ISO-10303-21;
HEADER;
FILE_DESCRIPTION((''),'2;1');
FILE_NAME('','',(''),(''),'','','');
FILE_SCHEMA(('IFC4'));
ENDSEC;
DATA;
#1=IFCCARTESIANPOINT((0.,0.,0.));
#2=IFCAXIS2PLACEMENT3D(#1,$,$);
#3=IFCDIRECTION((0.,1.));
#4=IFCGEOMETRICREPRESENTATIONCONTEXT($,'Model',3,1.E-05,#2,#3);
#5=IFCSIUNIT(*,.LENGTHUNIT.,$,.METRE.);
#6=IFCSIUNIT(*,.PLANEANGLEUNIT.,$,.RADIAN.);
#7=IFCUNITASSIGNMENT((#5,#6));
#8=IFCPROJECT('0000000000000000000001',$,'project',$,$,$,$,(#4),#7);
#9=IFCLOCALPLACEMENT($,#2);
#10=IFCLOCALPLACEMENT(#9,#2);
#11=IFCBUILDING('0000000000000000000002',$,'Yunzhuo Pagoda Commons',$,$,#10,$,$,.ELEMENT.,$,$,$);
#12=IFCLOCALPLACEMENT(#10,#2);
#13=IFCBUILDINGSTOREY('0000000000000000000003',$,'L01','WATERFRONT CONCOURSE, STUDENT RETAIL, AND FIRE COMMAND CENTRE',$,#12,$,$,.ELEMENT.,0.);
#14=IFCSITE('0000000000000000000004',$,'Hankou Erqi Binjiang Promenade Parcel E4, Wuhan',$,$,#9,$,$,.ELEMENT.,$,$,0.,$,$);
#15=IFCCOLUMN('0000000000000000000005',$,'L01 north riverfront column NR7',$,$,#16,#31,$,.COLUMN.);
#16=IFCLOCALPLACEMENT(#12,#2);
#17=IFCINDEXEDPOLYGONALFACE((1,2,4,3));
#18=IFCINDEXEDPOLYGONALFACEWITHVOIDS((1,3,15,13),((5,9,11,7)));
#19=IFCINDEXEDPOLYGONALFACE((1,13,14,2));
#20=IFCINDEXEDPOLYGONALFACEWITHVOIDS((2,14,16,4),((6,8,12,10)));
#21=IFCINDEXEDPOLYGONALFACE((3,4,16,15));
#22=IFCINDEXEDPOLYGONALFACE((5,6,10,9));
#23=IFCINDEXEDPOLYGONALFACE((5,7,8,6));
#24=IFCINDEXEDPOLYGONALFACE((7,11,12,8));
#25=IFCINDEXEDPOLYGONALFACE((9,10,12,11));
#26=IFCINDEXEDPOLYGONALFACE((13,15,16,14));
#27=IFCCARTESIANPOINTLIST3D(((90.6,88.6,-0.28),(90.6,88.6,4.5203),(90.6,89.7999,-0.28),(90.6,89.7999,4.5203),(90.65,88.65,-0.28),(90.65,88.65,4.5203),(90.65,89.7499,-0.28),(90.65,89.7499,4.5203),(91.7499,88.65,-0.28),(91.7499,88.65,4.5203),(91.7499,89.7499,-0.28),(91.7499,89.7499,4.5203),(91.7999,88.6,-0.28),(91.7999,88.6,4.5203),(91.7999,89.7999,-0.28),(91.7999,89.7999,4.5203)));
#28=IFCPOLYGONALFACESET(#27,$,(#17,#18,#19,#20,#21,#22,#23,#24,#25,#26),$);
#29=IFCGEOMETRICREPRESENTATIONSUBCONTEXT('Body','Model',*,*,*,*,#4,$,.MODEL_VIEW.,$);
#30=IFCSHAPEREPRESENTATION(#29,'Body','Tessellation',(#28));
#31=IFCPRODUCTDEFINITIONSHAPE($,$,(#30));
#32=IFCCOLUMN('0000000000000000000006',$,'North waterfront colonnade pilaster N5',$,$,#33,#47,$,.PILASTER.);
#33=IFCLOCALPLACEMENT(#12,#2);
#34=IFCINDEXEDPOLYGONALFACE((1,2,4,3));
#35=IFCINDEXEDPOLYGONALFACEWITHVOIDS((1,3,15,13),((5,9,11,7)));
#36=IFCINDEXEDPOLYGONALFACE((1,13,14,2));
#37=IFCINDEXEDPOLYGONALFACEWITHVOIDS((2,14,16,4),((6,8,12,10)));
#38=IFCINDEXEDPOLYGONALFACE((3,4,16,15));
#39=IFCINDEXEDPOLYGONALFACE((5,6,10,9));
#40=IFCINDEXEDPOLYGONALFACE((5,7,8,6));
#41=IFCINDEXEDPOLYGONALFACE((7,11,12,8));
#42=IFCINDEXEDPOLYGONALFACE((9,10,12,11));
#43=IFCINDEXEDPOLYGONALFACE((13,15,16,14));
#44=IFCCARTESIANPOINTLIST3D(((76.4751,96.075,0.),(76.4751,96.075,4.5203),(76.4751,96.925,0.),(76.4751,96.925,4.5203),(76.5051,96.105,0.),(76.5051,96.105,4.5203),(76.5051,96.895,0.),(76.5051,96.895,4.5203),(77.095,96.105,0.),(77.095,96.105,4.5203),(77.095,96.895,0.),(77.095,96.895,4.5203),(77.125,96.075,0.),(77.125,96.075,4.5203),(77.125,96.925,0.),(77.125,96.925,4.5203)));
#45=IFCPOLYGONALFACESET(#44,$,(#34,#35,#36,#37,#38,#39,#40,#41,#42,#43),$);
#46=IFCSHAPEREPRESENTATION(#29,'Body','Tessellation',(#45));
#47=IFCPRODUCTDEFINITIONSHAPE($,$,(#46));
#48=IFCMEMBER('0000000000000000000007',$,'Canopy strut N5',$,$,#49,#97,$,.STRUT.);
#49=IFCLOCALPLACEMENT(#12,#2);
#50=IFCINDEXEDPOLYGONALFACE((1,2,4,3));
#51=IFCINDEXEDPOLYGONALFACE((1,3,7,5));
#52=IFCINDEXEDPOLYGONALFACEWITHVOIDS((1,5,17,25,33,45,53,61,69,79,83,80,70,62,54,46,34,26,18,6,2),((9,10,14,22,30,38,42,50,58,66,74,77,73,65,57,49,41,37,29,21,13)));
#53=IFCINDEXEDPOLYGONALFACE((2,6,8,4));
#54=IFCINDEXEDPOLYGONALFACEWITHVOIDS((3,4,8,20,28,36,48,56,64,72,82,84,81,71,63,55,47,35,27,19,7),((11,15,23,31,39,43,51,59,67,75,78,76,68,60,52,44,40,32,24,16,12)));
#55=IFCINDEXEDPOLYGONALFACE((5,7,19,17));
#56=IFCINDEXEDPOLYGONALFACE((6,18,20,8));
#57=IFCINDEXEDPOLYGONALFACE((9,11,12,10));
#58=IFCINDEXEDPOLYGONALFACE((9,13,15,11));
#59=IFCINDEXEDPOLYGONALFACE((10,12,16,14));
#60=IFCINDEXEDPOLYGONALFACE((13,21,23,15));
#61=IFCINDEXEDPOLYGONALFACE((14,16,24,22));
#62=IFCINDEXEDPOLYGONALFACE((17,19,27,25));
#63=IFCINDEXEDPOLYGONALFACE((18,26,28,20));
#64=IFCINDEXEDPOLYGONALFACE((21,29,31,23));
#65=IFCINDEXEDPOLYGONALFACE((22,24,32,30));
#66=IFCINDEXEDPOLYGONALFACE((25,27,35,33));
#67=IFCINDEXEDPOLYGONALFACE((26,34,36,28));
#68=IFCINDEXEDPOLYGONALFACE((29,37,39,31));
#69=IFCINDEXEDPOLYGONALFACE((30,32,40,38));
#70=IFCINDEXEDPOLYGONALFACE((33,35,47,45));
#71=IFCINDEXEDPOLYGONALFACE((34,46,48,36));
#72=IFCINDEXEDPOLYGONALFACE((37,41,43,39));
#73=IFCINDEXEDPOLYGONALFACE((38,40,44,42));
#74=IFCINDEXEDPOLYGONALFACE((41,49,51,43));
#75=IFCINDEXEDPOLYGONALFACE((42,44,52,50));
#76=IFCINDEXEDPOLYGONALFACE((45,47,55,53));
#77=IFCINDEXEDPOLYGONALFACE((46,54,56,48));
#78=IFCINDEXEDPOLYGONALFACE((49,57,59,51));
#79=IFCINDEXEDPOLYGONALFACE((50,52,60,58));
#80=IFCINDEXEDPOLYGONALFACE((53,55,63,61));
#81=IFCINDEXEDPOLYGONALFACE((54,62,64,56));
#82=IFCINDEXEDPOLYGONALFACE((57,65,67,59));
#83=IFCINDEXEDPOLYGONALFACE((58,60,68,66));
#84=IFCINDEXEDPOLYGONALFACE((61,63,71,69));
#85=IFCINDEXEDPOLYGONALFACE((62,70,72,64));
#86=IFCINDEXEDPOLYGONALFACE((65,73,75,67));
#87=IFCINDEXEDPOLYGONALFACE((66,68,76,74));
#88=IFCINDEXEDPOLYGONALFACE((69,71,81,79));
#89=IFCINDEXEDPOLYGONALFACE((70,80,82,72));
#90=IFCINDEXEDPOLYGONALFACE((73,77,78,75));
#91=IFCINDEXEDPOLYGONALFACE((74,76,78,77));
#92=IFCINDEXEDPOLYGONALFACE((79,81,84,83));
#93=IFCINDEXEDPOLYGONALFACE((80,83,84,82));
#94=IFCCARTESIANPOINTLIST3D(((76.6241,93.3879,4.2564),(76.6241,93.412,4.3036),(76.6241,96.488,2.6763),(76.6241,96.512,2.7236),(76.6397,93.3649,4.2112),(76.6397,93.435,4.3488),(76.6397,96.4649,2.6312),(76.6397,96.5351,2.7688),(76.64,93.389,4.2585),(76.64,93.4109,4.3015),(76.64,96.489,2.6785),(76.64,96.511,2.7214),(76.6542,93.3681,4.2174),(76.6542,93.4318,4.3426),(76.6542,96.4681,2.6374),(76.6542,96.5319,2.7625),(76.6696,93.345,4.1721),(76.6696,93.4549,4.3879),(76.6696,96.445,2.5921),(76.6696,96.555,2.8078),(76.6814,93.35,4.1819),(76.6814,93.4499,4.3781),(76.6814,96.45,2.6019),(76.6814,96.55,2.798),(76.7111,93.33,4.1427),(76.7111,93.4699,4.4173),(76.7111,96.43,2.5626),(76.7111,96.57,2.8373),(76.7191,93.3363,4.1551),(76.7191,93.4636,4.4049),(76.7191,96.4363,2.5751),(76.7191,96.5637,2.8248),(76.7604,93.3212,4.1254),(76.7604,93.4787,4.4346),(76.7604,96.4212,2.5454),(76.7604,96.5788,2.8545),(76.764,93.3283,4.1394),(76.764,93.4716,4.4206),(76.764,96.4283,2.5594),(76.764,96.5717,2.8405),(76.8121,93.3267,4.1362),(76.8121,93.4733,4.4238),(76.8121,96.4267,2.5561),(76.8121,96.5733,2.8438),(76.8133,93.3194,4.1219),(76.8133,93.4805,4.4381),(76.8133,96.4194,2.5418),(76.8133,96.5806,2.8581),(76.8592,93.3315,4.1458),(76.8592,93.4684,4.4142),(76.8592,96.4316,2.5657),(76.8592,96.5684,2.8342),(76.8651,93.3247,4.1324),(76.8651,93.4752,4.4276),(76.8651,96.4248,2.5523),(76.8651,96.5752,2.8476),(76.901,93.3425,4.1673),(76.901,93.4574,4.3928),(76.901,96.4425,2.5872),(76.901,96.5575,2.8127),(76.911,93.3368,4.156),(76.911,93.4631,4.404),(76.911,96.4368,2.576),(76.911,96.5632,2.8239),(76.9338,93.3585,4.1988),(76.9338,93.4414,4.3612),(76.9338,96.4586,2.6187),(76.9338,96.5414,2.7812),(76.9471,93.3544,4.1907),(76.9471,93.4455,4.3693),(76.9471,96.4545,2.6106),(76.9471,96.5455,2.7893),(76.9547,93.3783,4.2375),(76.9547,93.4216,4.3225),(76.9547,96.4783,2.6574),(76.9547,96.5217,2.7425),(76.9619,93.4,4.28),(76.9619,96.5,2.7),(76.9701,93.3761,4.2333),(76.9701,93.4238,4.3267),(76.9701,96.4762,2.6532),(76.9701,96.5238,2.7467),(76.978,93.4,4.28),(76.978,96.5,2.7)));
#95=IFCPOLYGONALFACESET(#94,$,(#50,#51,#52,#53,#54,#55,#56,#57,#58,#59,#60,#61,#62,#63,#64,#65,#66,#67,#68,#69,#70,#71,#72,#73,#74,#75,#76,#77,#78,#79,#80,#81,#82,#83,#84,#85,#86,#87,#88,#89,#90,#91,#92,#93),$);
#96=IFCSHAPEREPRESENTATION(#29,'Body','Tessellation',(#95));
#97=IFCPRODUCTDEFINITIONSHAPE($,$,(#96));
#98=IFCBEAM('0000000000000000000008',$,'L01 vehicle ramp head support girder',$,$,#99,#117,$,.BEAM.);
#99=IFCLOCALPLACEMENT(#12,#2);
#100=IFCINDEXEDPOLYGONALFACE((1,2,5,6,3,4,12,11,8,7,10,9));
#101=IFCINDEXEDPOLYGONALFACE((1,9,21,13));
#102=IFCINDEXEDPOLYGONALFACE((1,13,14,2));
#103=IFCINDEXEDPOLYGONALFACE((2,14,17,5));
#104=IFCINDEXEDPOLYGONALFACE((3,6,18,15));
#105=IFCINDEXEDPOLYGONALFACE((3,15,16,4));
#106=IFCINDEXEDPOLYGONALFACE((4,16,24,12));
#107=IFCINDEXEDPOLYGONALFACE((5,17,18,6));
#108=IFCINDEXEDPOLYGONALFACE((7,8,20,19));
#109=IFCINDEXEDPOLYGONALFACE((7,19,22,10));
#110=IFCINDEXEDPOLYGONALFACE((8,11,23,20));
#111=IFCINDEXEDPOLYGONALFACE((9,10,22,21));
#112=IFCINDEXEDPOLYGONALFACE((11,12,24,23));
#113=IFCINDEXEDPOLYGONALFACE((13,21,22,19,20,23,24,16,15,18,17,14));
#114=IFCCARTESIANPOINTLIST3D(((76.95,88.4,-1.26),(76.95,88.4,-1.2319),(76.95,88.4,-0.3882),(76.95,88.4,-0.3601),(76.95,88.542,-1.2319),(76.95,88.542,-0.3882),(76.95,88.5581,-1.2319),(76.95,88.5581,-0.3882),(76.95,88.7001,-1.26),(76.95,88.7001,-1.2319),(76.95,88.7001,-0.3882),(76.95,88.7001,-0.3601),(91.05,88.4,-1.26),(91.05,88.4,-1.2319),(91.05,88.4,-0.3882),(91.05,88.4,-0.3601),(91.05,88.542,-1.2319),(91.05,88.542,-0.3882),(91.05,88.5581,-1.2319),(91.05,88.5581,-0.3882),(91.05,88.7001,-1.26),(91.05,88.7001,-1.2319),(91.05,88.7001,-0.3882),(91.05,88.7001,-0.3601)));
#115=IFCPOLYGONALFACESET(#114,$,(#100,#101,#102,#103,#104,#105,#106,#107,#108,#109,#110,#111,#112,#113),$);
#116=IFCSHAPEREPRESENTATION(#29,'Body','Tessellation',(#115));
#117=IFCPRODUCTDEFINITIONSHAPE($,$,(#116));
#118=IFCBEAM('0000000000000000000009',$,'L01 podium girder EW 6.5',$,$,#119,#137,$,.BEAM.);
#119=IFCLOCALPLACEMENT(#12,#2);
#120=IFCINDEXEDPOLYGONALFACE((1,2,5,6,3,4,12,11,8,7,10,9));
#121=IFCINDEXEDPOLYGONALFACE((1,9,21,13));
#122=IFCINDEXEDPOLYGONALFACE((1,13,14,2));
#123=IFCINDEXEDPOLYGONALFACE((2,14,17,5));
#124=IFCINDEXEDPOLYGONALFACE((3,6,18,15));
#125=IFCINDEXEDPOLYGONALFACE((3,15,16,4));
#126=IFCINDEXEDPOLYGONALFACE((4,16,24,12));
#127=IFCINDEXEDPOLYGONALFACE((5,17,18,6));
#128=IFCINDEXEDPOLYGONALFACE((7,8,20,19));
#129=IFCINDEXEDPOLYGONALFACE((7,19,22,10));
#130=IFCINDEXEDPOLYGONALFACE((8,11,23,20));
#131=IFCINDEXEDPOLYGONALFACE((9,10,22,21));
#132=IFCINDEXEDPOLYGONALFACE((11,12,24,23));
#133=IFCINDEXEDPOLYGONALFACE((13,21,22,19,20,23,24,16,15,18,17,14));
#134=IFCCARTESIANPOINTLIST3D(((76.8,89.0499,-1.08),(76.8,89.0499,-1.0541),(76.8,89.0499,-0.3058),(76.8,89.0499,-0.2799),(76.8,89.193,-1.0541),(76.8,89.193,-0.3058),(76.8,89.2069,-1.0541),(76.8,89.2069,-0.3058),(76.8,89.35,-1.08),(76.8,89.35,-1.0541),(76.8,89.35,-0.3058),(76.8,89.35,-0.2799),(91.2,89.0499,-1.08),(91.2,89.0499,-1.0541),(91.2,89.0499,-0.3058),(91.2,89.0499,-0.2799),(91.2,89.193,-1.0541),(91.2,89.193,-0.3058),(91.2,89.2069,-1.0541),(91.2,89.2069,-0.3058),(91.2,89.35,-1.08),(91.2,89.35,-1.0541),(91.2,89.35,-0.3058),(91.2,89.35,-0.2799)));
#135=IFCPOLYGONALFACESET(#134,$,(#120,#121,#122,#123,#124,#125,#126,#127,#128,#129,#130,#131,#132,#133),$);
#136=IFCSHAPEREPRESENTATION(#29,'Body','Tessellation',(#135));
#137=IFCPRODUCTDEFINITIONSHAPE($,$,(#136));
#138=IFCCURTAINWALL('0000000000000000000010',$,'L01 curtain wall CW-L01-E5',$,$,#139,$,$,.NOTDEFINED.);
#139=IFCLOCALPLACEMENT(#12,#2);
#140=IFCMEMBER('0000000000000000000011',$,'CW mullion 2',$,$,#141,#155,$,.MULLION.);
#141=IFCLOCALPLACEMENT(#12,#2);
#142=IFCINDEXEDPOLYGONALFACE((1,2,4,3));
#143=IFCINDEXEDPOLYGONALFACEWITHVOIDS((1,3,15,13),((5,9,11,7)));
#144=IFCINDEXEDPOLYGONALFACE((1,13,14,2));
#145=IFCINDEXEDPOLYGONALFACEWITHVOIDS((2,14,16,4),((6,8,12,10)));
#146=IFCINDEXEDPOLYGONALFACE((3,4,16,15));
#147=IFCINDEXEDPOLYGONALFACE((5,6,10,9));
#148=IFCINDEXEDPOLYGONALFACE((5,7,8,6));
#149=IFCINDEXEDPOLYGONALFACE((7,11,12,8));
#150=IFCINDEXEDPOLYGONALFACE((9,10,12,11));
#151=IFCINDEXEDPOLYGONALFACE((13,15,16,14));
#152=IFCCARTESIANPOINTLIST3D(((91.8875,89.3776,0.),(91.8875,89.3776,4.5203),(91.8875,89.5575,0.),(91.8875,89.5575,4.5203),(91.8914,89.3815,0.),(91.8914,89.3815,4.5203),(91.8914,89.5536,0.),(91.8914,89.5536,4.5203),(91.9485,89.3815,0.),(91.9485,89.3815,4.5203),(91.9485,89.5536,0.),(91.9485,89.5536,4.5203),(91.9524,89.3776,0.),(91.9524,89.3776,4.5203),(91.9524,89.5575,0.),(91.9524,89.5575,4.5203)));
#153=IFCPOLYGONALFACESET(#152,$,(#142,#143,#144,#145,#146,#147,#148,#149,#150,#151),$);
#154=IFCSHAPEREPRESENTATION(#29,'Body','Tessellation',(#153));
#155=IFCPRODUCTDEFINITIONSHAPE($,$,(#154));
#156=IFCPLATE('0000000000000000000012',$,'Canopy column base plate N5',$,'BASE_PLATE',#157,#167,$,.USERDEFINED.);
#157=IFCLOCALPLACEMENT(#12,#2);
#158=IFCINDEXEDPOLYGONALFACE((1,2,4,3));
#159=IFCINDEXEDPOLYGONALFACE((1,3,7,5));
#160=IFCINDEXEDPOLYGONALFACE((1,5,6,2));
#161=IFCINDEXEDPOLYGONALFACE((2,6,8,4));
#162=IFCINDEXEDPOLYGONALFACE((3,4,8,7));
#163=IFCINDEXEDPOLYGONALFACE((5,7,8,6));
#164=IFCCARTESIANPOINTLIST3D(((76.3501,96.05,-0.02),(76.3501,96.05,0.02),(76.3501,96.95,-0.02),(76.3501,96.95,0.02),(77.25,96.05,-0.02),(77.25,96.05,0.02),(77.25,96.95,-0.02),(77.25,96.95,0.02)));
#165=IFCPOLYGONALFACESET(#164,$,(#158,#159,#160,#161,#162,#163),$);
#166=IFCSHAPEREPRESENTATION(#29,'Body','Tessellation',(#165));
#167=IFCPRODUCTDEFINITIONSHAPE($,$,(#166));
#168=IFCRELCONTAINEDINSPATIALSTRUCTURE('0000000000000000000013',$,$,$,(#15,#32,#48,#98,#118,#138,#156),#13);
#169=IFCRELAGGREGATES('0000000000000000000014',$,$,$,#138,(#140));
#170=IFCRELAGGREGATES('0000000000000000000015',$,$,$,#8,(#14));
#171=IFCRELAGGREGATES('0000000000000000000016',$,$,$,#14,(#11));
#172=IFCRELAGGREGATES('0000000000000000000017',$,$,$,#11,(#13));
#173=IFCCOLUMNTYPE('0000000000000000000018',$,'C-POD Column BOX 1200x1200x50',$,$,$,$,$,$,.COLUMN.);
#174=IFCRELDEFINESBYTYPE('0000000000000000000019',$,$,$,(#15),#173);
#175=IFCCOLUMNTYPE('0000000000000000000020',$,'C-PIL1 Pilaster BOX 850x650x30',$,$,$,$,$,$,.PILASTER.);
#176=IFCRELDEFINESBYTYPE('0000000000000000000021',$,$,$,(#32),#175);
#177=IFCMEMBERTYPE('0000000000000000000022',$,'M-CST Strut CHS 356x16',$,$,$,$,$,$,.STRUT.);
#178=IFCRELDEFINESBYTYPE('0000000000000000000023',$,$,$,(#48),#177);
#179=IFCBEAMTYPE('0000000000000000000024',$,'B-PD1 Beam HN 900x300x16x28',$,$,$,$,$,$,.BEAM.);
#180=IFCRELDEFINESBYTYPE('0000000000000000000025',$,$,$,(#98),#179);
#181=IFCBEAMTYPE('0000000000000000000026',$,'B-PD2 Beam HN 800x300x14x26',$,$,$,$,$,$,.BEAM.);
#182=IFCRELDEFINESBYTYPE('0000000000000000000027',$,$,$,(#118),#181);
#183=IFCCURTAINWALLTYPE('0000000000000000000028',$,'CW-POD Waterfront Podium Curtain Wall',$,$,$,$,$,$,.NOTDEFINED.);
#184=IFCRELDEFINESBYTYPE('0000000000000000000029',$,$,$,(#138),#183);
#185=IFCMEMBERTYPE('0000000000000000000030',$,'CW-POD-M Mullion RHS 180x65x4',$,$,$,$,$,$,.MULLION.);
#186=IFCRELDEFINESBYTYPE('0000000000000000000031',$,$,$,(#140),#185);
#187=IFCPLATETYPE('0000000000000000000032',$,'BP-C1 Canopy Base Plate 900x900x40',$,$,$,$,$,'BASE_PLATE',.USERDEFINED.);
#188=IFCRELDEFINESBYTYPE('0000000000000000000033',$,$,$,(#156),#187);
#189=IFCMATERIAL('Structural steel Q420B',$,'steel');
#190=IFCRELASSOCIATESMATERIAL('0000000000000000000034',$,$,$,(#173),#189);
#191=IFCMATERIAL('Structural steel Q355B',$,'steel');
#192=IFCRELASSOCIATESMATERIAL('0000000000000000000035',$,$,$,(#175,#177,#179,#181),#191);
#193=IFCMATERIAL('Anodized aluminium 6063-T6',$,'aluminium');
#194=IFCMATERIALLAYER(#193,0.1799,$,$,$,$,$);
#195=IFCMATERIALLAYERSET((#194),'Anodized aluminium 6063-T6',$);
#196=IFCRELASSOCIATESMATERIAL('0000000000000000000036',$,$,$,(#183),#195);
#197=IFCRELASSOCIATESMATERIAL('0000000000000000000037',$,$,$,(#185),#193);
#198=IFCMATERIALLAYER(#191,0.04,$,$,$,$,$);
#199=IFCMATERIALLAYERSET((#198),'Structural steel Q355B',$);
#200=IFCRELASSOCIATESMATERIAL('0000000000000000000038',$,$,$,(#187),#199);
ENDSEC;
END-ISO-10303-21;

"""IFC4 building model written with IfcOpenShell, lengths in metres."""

from ifc_helpers import new_model, si_unit, direction, frame, origin, origin_2d, place, context, subcontext, project, spatial, rectangle, hollow_rectangle, hollow_circle, i_section, extrude, source, transform, mapped, material, layer, layer_set, material_profile, profile_set, type_object, element, aggregate, save


model = new_model("IFC4")

# Units and contexts
model_context = context("Model", 3, precision=1e-05, world=origin(), true_north=direction((0.0, 1.0)))
body_context = subcontext(model_context, "Body", "Model", "MODEL_VIEW")
ifc_project = project(units=[si_unit("LENGTHUNIT", "METRE"), si_unit("PLANEANGLEUNIT", "RADIAN")], contexts=[model_context])

# Site, building, storey
site_placement = place(None, origin())
site = spatial("IfcSite", under=ifc_project, at=site_placement, Name="Hankou Erqi Binjiang Promenade Parcel E4, Wuhan", CompositionType="ELEMENT", RefElevation=0.0)
building_placement = place(site_placement, origin())
building = spatial("IfcBuilding", under=site, at=building_placement, Name="Yunzhuo Pagoda Commons", CompositionType="ELEMENT")
storey_placement = place(building_placement, origin())
storey = spatial("IfcBuildingStorey", under=building, at=storey_placement, Name="L01", Description="WATERFRONT CONCOURSE, STUDENT RETAIL, AND FIRE COMMAND CENTRE", CompositionType="ELEMENT", Elevation=0.0)

# Columns
ifc_material_1 = material(Name="Structural steel Q420B", Category="steel")
ifc_material_profile_1 = material_profile(ifc_material_1, hollow_rectangle(XDim=1.2, YDim=1.2, WallThickness=0.05, at=origin_2d()), Name="Structural steel Q420B")
ifc_profile_set_1 = profile_set([ifc_material_profile_1], Name="Structural steel Q420B")
column_type_1 = type_object("IfcColumnType", Name="C-POD Column BOX 1200x1200x50", PredefinedType="COLUMN", material=ifc_profile_set_1)
shared_shape_1 = source(origin(), body_context, "Body", "SweptSolid", [
    extrude(hollow_rectangle(XDim=1.2, YDim=1.2, WallThickness=0.05, at=origin_2d()), origin(), (0.0, 0.0, 1.0), 4.8003),
])
column_1_placement = place(storey_placement, frame((91.2, 89.2, -0.28), z_axis=(0.0, 0.0, 1.0), x_axis=(1.0, 0.0, 0.0)))
element("IfcColumn", 1, at=column_1_placement, inside=storey, type_object=column_type_1, Name="L01 north riverfront column NR7", PredefinedType="COLUMN", context=body_context, shape_type="MappedRepresentation", body=[
    mapped(shared_shape_1, transform((0.0, 0.0, 0.0), scale=1.0)),
])
ifc_material_2 = material(Name="Structural steel Q355B", Category="steel")
ifc_material_profile_2 = material_profile(ifc_material_2, hollow_rectangle(XDim=0.6499, YDim=0.8501, WallThickness=0.03, at=origin_2d()), Name="Structural steel Q355B")
ifc_profile_set_2 = profile_set([ifc_material_profile_2], Name="Structural steel Q355B")
column_type_2 = type_object("IfcColumnType", Name="C-PIL1 Pilaster BOX 850x650x30", PredefinedType="PILASTER", material=ifc_profile_set_2)
shared_shape_2 = source(origin(), body_context, "Body", "SweptSolid", [
    extrude(hollow_rectangle(XDim=0.6499, YDim=0.8501, WallThickness=0.03, at=origin_2d()), origin(), (0.0, 0.0, 1.0), 4.5203),
])
column_2_placement = place(storey_placement, frame((76.8, 96.5, 0.0), z_axis=(0.0, 0.0, 1.0), x_axis=(1.0, 0.0, 0.0)))
element("IfcColumn", 2, at=column_2_placement, inside=storey, type_object=column_type_2, Name="North waterfront colonnade pilaster N5", PredefinedType="PILASTER", context=body_context, shape_type="MappedRepresentation", body=[
    mapped(shared_shape_2, transform((0.0, 0.0, 0.0), scale=1.0)),
])

# Member
ifc_material_profile_3 = material_profile(ifc_material_2, hollow_circle(Radius=0.178, WallThickness=0.0161, at=origin_2d()), Name="Structural steel Q355B")
ifc_profile_set_3 = profile_set([ifc_material_profile_3], Name="Structural steel Q355B")
member_type_1 = type_object("IfcMemberType", Name="M-CST Strut CHS 356x16", PredefinedType="STRUT", material=ifc_profile_set_3)
shared_shape_3 = source(origin(), body_context, "Body", "SweptSolid", [
    extrude(hollow_circle(Radius=0.178, WallThickness=0.0161, at=origin_2d()), origin(), (0.0, 0.0, 1.0), 3.4795),
])
member_1_placement = place(storey_placement, frame((76.8, 96.5, 2.7), z_axis=(0.0, -0.890948, 0.454104), x_axis=(1.0, 0.0, 0.0)))
element("IfcMember", 3, at=member_1_placement, inside=storey, type_object=member_type_1, Name="Canopy strut N5", PredefinedType="STRUT", context=body_context, shape_type="MappedRepresentation", body=[
    mapped(shared_shape_3, transform((0.0, 0.0, 0.0), scale=1.0)),
])

# Beams
ifc_material_profile_4 = material_profile(ifc_material_2, i_section(OverallWidth=0.3, OverallDepth=0.8999, WebThickness=0.0161, FlangeThickness=0.0281, at=origin_2d()), Name="Structural steel Q355B")
ifc_profile_set_4 = profile_set([ifc_material_profile_4], Name="Structural steel Q355B")
beam_type_1 = type_object("IfcBeamType", Name="B-PD1 Beam HN 900x300x16x28", PredefinedType="BEAM", material=ifc_profile_set_4)
shared_shape_4 = source(origin(), body_context, "Body", "SweptSolid", [
    extrude(i_section(OverallWidth=0.3, OverallDepth=0.8999, WebThickness=0.0161, FlangeThickness=0.0281, at=origin_2d()), origin(), (0.0, 0.0, 1.0), 14.1001),
])
beam_1_placement = place(storey_placement, frame((76.95, 88.55, -0.8101), z_axis=(1.0, 0.0, 0.0), x_axis=(0.0, 1.0, 0.0)))
element("IfcBeam", 4, at=beam_1_placement, inside=storey, type_object=beam_type_1, Name="L01 vehicle ramp head support girder", PredefinedType="BEAM", context=body_context, shape_type="MappedRepresentation", body=[
    mapped(shared_shape_4, transform((0.0, 0.0, 0.0), scale=1.0)),
])
ifc_material_profile_5 = material_profile(ifc_material_2, i_section(OverallWidth=0.3, OverallDepth=0.8, WebThickness=0.0139, FlangeThickness=0.0259, at=origin_2d()), Name="Structural steel Q355B")
ifc_profile_set_5 = profile_set([ifc_material_profile_5], Name="Structural steel Q355B")
beam_type_2 = type_object("IfcBeamType", Name="B-PD2 Beam HN 800x300x14x26", PredefinedType="BEAM", material=ifc_profile_set_5)
shared_shape_5 = source(origin(), body_context, "Body", "SweptSolid", [
    extrude(i_section(OverallWidth=0.3, OverallDepth=0.8, WebThickness=0.0139, FlangeThickness=0.0259, at=origin_2d()), origin(), (0.0, 0.0, 1.0), 14.3999),
])
beam_2_placement = place(storey_placement, frame((76.8, 89.2, -0.6799), z_axis=(1.0, 0.0, 0.0), x_axis=(0.0, 1.0, 0.0)))
element("IfcBeam", 5, at=beam_2_placement, inside=storey, type_object=beam_type_2, Name="L01 podium girder EW 6.5", PredefinedType="BEAM", context=body_context, shape_type="MappedRepresentation", body=[
    mapped(shared_shape_5, transform((0.0, 0.0, 0.0), scale=1.0)),
])

# Curtain wall, member
ifc_material_3 = material(Name="Anodized aluminium 6063-T6", Category="aluminium")
ifc_layer_1 = layer(ifc_material_3, 0.1799)
ifc_layer_set_1 = layer_set([ifc_layer_1], Name="Anodized aluminium 6063-T6")
curtain_wall_type = type_object("IfcCurtainWallType", Name="CW-POD Waterfront Podium Curtain Wall", PredefinedType="NOTDEFINED", material=ifc_layer_set_1)
curtain_wall_placement = place(storey_placement, origin())
curtain_wall = element("IfcCurtainWall", 6, at=curtain_wall_placement, inside=storey, type_object=curtain_wall_type, Name="L01 curtain wall CW-L01-E5", PredefinedType="NOTDEFINED")
ifc_material_profile_6 = material_profile(ifc_material_3, hollow_rectangle(XDim=0.0649, YDim=0.1799, WallThickness=0.0039, at=origin_2d()), Name="Anodized aluminium 6063-T6")
ifc_profile_set_6 = profile_set([ifc_material_profile_6], Name="Anodized aluminium 6063-T6")
member_type_2 = type_object("IfcMemberType", Name="CW-POD-M Mullion RHS 180x65x4", PredefinedType="MULLION", material=ifc_profile_set_6)
shared_shape_6 = source(origin(), body_context, "Body", "SweptSolid", [
    extrude(hollow_rectangle(XDim=0.0649, YDim=0.1799, WallThickness=0.0039, at=origin_2d()), origin(), (0.0, 0.0, 1.0), 4.5203),
])
member_2_placement = place(storey_placement, frame((91.9199, 89.4675, 0.0), z_axis=(0.0, 0.0, 1.0), x_axis=(-1.0, 0.0, 0.0)))
member_2 = element("IfcMember", 7, at=member_2_placement, type_object=member_type_2, Name="CW mullion 2", PredefinedType="MULLION", context=body_context, shape_type="MappedRepresentation", body=[
    mapped(shared_shape_6, transform((0.0, 0.0, 0.0), scale=1.0)),
])

# Plate
ifc_layer_2 = layer(ifc_material_2, 0.04)
ifc_layer_set_2 = layer_set([ifc_layer_2], Name="Structural steel Q355B")
plate_type_1 = type_object("IfcPlateType", Name="BP-C1 Canopy Base Plate 900x900x40", ElementType="BASE_PLATE", PredefinedType="USERDEFINED", material=ifc_layer_set_2)
shared_shape_7 = source(origin(), body_context, "Body", "SweptSolid", [
    extrude(rectangle(XDim=0.8999, YDim=0.8999, at=origin_2d()), origin(), (0.0, 0.0, 1.0), 0.04),
])
plate_1_placement = place(storey_placement, frame((76.8, 96.5, -0.02), z_axis=(0.0, 0.0, 1.0), x_axis=(1.0, 0.0, 0.0)))
element("IfcPlate", 8, at=plate_1_placement, inside=storey, type_object=plate_type_1, Name="Canopy column base plate N5", ObjectType="BASE_PLATE", PredefinedType="USERDEFINED", context=body_context, shape_type="MappedRepresentation", body=[
    mapped(shared_shape_7, transform((0.0, 0.0, 0.0), scale=1.0)),
])

aggregate(curtain_wall, [member_2])

save(model, "model.ifc")
